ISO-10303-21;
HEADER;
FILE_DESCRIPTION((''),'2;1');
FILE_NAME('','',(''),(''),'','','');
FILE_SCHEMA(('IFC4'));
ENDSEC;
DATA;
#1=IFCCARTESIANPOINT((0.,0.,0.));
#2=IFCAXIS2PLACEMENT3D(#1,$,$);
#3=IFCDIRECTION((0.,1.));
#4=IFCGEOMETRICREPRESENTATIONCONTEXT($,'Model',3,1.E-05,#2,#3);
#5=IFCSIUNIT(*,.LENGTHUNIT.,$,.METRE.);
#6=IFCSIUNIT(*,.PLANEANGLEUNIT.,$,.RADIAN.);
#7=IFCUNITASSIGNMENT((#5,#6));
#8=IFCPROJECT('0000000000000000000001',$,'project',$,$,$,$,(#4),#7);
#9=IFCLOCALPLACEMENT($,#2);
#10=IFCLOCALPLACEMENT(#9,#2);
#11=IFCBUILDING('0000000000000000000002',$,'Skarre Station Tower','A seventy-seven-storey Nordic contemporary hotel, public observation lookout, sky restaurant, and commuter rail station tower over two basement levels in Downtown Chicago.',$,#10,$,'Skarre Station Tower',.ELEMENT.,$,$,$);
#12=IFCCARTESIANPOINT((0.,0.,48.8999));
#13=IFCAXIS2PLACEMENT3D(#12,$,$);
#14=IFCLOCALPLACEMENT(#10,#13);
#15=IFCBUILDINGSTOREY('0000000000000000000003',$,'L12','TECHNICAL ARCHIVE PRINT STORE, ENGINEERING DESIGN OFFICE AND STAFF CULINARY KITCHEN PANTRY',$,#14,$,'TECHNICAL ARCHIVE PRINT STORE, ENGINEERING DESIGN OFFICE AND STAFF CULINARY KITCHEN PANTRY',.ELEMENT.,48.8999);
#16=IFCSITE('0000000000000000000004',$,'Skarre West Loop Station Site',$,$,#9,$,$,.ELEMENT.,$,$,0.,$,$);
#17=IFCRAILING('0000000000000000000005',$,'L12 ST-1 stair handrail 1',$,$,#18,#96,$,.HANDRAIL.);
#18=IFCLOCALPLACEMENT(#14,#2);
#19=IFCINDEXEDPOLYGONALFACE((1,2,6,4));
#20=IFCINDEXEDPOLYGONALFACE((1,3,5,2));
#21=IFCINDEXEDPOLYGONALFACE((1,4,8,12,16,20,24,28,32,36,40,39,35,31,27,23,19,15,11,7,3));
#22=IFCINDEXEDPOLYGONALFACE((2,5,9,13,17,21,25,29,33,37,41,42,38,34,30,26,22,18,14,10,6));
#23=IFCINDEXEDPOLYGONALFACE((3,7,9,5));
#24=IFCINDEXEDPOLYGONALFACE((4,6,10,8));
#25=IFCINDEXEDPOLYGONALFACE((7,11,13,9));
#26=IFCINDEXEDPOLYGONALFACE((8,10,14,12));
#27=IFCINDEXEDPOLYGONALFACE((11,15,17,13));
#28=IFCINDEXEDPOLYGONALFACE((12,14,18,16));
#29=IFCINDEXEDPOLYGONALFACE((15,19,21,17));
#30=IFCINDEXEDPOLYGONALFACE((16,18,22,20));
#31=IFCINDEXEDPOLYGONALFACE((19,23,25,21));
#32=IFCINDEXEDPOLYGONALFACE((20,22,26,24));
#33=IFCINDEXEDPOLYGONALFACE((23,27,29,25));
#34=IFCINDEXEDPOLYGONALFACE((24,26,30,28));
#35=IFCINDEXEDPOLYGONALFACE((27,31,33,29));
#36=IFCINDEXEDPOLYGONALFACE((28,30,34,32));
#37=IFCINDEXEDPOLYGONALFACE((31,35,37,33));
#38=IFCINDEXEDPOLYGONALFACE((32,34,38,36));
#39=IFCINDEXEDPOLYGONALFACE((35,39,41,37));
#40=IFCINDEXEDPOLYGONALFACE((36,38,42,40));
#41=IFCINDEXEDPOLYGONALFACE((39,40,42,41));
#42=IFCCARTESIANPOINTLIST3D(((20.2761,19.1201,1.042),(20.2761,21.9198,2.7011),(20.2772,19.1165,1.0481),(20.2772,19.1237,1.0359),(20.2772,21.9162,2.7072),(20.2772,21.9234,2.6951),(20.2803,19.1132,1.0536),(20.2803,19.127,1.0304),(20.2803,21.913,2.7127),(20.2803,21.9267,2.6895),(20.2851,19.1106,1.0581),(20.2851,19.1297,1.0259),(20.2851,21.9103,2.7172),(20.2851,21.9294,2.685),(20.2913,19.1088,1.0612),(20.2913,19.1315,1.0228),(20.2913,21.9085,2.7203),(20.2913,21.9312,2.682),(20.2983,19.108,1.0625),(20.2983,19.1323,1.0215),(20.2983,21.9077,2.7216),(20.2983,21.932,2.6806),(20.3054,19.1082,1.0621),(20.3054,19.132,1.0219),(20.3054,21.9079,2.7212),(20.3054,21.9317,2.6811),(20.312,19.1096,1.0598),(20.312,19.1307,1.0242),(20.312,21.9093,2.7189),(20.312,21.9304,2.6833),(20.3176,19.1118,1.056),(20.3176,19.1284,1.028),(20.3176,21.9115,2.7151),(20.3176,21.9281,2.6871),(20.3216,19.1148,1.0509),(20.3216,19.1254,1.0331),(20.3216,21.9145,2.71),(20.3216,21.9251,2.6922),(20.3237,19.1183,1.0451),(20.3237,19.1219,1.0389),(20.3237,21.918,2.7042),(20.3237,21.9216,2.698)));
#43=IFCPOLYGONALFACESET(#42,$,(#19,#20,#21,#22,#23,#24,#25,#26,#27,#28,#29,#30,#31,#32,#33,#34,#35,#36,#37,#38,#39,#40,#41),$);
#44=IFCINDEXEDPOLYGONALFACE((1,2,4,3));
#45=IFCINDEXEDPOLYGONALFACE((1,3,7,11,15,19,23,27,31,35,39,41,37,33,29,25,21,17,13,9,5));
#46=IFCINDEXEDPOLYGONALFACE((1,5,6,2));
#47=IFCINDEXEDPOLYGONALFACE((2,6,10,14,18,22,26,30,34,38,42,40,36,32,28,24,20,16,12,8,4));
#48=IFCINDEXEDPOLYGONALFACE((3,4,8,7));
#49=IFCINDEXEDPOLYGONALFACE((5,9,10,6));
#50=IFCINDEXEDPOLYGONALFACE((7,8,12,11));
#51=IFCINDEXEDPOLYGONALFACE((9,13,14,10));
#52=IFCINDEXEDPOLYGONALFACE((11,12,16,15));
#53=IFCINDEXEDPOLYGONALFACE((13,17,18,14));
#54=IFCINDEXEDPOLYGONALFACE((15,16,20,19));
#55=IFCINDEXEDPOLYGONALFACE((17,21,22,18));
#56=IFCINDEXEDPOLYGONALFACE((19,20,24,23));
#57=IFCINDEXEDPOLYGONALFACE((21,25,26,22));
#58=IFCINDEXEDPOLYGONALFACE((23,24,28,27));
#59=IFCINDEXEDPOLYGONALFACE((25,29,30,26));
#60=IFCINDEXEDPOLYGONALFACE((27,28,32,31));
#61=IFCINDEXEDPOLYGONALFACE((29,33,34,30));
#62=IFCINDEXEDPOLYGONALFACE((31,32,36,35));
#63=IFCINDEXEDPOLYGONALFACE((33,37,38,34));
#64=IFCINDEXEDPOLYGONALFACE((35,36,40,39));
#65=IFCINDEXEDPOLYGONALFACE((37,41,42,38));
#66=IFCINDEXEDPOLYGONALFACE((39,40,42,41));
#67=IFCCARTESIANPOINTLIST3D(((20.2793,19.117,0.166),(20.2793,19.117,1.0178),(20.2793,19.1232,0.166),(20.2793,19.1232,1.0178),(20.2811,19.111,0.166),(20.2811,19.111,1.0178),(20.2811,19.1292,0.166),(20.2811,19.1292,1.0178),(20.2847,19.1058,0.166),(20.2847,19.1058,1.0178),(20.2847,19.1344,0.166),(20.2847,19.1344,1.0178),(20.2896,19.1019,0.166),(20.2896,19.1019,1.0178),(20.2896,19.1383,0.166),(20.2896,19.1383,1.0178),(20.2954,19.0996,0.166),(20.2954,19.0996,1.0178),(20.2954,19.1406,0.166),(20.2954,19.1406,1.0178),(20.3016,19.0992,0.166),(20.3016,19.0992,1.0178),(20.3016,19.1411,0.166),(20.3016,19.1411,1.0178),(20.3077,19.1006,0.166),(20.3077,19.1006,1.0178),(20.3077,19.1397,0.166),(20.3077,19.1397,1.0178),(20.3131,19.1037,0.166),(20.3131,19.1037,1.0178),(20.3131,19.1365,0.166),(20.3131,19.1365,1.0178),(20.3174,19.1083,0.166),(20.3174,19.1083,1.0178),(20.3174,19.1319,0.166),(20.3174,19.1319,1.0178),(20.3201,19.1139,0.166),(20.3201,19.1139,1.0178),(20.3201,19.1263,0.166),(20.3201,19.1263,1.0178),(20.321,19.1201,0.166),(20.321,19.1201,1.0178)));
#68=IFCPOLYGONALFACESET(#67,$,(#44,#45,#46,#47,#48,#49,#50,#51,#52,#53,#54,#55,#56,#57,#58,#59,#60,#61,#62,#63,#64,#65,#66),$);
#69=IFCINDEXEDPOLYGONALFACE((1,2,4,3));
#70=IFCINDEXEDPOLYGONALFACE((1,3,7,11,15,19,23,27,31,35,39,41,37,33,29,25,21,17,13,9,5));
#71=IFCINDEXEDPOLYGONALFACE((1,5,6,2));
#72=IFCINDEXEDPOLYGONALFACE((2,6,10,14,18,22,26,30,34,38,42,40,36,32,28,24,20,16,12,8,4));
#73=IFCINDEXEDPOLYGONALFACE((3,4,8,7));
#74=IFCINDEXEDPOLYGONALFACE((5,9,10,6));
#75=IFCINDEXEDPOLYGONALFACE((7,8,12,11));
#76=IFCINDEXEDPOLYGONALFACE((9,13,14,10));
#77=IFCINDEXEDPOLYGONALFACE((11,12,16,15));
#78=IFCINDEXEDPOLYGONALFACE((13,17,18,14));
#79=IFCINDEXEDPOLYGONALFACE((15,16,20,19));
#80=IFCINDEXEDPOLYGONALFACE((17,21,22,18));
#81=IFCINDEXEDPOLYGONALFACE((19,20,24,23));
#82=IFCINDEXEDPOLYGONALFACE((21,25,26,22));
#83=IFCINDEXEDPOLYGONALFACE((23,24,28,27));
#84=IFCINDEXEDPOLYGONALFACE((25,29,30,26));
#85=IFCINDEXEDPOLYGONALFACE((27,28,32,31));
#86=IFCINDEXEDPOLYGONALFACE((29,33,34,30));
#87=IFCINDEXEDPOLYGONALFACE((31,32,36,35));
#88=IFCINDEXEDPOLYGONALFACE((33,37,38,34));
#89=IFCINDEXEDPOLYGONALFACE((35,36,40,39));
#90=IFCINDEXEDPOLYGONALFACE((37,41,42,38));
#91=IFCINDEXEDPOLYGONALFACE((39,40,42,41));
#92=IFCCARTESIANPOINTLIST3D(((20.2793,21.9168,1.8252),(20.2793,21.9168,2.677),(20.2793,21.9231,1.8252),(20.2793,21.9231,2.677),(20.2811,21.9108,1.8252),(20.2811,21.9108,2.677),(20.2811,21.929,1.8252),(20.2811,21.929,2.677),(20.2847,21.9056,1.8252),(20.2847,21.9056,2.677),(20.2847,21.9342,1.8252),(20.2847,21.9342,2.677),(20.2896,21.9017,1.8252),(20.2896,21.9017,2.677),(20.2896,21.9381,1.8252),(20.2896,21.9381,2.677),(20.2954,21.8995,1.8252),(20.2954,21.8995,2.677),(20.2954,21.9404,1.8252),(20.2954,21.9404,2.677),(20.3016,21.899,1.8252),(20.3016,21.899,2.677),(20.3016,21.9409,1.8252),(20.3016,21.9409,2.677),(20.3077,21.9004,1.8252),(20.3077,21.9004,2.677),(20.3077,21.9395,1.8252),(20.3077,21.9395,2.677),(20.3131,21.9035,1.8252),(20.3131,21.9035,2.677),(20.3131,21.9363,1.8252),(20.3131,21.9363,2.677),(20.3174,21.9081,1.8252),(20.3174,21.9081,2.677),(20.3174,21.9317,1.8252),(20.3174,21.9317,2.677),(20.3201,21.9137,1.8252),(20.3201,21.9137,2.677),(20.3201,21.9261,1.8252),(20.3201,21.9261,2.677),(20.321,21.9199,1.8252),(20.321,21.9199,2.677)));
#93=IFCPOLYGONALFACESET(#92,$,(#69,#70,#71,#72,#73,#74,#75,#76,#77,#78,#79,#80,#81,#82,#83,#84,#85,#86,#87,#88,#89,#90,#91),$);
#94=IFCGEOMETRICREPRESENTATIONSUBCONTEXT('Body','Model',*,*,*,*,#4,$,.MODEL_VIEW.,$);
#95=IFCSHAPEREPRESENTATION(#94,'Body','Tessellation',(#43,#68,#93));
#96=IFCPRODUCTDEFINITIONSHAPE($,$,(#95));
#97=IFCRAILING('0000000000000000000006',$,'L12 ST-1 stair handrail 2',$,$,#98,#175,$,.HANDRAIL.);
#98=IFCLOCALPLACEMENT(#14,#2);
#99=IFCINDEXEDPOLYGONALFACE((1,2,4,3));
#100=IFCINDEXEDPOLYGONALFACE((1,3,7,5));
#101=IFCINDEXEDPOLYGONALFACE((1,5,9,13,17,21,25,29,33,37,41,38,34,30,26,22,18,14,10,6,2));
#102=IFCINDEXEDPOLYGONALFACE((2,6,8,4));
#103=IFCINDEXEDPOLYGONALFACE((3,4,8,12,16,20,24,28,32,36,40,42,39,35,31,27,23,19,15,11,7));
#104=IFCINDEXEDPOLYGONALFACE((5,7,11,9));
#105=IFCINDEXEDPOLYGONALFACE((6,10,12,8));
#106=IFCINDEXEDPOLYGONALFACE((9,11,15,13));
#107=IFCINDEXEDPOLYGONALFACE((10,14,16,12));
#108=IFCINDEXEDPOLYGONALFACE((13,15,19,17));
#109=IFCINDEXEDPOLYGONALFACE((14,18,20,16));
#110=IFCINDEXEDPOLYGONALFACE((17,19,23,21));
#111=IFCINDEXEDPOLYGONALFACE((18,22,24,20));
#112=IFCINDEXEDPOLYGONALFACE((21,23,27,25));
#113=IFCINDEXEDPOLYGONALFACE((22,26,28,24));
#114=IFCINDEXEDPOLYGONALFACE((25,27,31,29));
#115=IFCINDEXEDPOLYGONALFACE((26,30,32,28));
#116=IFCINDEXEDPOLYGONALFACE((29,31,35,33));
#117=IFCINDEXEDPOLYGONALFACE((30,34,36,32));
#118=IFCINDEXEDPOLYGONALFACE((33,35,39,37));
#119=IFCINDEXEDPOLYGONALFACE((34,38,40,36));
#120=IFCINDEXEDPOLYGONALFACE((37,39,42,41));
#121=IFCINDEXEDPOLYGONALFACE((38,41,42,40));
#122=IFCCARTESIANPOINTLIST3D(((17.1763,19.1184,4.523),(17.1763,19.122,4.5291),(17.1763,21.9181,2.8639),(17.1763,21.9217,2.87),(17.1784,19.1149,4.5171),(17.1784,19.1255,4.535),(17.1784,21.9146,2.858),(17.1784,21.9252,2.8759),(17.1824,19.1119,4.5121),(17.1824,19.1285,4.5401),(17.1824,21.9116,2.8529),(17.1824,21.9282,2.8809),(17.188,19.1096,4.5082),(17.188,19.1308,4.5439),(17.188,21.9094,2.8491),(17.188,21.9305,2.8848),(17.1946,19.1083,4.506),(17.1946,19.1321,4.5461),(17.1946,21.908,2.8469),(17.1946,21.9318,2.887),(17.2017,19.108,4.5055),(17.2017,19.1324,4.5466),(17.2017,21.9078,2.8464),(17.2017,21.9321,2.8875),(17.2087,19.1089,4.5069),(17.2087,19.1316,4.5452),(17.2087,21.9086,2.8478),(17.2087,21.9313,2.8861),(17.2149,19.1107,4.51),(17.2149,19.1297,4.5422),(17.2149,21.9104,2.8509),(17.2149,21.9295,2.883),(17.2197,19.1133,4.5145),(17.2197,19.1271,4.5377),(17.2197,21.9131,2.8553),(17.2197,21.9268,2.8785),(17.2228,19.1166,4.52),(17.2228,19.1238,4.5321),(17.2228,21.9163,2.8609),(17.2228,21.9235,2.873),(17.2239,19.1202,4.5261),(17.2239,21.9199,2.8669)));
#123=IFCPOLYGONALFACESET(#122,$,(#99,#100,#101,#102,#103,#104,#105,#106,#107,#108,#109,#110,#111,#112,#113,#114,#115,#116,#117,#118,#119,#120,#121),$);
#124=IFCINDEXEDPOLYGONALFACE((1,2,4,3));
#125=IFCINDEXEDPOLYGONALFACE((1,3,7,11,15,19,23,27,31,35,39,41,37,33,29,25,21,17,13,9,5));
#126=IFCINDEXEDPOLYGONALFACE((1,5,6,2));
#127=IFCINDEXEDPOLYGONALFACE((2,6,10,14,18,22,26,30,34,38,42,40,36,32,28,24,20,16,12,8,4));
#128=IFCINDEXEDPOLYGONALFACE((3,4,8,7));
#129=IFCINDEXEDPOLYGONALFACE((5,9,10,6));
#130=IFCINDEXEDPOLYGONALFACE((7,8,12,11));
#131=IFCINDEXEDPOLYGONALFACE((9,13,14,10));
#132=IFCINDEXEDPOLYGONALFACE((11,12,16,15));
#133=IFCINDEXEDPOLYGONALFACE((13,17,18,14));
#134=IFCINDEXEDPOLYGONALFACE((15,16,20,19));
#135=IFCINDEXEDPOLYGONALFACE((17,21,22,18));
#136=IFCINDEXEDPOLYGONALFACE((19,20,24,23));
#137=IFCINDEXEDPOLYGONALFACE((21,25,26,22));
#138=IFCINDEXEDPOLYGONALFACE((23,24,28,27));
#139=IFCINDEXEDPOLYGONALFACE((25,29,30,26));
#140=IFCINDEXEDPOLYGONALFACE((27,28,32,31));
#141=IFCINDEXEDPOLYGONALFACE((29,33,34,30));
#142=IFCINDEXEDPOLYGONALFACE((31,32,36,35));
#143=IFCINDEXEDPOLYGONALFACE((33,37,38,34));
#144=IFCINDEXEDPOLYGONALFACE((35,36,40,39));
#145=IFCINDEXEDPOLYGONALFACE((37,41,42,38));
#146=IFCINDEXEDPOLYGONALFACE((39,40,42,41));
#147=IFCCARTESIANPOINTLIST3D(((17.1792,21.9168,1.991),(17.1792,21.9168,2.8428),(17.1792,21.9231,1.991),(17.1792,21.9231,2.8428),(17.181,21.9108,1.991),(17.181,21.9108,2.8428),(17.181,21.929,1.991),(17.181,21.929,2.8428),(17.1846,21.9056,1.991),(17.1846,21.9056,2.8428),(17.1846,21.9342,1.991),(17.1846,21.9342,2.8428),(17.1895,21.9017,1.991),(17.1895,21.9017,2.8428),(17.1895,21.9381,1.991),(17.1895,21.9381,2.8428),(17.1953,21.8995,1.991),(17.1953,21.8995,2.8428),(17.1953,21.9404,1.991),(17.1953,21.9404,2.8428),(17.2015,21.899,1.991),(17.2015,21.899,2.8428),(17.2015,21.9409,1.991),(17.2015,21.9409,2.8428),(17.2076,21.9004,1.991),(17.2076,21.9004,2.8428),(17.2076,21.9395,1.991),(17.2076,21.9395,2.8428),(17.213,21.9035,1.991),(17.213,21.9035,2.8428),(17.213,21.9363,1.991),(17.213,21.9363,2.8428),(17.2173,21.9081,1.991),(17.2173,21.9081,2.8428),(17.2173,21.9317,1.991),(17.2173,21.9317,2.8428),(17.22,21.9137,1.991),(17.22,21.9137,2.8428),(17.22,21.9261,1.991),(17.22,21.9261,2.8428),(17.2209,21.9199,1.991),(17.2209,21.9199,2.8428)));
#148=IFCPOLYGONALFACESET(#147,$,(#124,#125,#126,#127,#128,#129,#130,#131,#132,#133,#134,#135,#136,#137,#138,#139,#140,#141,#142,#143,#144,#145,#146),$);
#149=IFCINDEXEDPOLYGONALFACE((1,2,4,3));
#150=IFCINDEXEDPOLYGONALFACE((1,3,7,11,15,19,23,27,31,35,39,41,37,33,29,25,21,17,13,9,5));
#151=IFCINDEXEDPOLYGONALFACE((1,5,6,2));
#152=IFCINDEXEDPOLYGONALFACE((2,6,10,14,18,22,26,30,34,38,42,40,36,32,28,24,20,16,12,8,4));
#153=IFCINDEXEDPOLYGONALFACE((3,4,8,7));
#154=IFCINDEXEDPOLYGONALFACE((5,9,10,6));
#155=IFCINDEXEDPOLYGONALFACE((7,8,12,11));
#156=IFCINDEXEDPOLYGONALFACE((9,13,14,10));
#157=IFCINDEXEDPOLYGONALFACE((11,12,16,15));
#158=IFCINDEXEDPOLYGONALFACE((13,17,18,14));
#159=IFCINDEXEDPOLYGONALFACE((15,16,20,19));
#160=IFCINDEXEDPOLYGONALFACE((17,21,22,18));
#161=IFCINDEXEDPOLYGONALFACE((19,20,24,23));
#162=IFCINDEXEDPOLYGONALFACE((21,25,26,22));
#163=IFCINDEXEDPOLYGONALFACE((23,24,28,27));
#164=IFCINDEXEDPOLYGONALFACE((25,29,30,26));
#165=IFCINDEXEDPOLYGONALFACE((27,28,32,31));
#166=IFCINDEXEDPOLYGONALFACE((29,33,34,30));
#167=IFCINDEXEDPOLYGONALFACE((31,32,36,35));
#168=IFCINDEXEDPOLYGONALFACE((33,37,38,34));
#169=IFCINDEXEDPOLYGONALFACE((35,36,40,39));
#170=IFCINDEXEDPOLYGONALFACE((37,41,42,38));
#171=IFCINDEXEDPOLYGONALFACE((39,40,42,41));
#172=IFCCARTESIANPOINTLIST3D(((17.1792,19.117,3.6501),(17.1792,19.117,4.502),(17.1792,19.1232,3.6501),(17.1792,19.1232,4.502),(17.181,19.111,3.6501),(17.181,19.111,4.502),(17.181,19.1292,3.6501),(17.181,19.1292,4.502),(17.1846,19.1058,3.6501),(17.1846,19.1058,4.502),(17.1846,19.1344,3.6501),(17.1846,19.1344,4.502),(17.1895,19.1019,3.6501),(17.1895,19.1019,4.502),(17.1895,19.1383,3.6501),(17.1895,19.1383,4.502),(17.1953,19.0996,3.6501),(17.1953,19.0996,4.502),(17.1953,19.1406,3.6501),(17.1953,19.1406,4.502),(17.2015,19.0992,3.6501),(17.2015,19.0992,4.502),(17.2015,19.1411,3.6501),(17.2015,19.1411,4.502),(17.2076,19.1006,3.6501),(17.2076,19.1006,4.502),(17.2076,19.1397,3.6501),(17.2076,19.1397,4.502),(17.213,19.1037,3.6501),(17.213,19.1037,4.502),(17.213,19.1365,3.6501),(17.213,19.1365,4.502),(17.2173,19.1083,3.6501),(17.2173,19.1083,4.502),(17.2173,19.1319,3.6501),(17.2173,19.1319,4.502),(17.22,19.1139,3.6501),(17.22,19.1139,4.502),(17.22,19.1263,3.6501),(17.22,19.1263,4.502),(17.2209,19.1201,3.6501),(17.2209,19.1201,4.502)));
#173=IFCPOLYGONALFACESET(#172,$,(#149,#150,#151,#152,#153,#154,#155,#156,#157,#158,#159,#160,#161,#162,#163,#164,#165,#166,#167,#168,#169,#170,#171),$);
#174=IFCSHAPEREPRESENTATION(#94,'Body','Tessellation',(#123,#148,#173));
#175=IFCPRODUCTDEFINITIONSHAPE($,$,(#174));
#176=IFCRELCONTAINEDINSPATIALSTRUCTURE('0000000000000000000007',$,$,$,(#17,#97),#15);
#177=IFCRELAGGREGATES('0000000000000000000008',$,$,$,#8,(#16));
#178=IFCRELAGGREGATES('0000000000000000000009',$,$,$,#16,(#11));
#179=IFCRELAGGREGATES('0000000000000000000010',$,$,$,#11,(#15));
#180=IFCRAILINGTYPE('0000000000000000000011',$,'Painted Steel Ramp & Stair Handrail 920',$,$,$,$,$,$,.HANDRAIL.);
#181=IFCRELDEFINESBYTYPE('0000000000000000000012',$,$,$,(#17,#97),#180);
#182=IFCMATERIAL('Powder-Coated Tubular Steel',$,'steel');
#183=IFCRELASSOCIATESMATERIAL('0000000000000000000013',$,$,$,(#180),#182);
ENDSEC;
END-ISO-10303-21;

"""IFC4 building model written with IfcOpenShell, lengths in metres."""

from ifc_helpers import new_model, si_unit, direction, frame, origin, origin_2d, place, context, subcontext, project, spatial, circle, extrude, material, type_object, element, save


model = new_model("IFC4")

# Units and contexts
model_context = context("Model", 3, precision=1e-05, world=origin(), true_north=direction((0.0, 1.0)))
body_context = subcontext(model_context, "Body", "Model", "MODEL_VIEW")
ifc_project = project(units=[si_unit("LENGTHUNIT", "METRE"), si_unit("PLANEANGLEUNIT", "RADIAN")], contexts=[model_context])

# Site, building, storey
site_placement = place(None, origin())
site = spatial("IfcSite", under=ifc_project, at=site_placement, Name="Skarre West Loop Station Site", CompositionType="ELEMENT", RefElevation=0.0)
building_placement = place(site_placement, origin())
building = spatial("IfcBuilding", under=site, at=building_placement, Name="Skarre Station Tower", Description="A seventy-seven-storey Nordic contemporary hotel, public observation lookout, sky restaurant, and commuter rail station tower over two basement levels in Downtown Chicago.", LongName="Skarre Station Tower", CompositionType="ELEMENT")
storey_placement = place(building_placement, frame((0.0, 0.0, 48.8999)))
storey = spatial("IfcBuildingStorey", under=building, at=storey_placement, Name="L12", Description="TECHNICAL ARCHIVE PRINT STORE, ENGINEERING DESIGN OFFICE AND STAFF CULINARY KITCHEN PANTRY", LongName="TECHNICAL ARCHIVE PRINT STORE, ENGINEERING DESIGN OFFICE AND STAFF CULINARY KITCHEN PANTRY", CompositionType="ELEMENT", Elevation=48.8999)

# Railings
ifc_material_1 = material(Name="Powder-Coated Tubular Steel", Category="steel")
railing_type_1 = type_object("IfcRailingType", Name="Painted Steel Ramp & Stair Handrail 920", PredefinedType="HANDRAIL", material=ifc_material_1)
railing_1_placement = place(storey_placement, frame((20.3, 19.1201, 0.166)))
element("IfcRailing", 1, at=railing_1_placement, inside=storey, type_object=railing_type_1, Name="L12 ST-1 stair handrail 1", PredefinedType="HANDRAIL", context=body_context, shape_type="SweptSolid", body=[
    extrude(circle(Radius=0.0239, at=origin_2d()), frame((0.0, 0.0, 0.876), z_axis=(0.0, 0.860287, 0.509811), x_axis=(-1.0, 0.0, 0.0)), (0.0, 0.0, 1.0), 3.2544),
    extrude(circle(Radius=0.021, at=origin_2d()), origin(), (0.0, 0.0, 1.0), 0.8518),
    extrude(circle(Radius=0.021, at=origin_2d()), frame((0.0, 2.7998, 1.6592)), (0.0, 0.0, 1.0), 0.8518),
])
railing_2_placement = place(storey_placement, frame((17.2, 21.9199, 1.991)))
element("IfcRailing", 2, at=railing_2_placement, inside=storey, type_object=railing_type_1, Name="L12 ST-1 stair handrail 2", PredefinedType="HANDRAIL", context=body_context, shape_type="SweptSolid", body=[
    extrude(circle(Radius=0.0239, at=origin_2d()), frame((0.0, 0.0, 0.876), z_axis=(0.0, -0.860287, 0.509811), x_axis=(1.0, 0.0, 0.0)), (0.0, 0.0, 1.0), 3.2544),
    extrude(circle(Radius=0.021, at=origin_2d()), origin(), (0.0, 0.0, 1.0), 0.8518),
    extrude(circle(Radius=0.021, at=origin_2d()), frame((0.0, -2.7998, 1.6592)), (0.0, 0.0, 1.0), 0.8518),
])

save(model, "model.ifc")
